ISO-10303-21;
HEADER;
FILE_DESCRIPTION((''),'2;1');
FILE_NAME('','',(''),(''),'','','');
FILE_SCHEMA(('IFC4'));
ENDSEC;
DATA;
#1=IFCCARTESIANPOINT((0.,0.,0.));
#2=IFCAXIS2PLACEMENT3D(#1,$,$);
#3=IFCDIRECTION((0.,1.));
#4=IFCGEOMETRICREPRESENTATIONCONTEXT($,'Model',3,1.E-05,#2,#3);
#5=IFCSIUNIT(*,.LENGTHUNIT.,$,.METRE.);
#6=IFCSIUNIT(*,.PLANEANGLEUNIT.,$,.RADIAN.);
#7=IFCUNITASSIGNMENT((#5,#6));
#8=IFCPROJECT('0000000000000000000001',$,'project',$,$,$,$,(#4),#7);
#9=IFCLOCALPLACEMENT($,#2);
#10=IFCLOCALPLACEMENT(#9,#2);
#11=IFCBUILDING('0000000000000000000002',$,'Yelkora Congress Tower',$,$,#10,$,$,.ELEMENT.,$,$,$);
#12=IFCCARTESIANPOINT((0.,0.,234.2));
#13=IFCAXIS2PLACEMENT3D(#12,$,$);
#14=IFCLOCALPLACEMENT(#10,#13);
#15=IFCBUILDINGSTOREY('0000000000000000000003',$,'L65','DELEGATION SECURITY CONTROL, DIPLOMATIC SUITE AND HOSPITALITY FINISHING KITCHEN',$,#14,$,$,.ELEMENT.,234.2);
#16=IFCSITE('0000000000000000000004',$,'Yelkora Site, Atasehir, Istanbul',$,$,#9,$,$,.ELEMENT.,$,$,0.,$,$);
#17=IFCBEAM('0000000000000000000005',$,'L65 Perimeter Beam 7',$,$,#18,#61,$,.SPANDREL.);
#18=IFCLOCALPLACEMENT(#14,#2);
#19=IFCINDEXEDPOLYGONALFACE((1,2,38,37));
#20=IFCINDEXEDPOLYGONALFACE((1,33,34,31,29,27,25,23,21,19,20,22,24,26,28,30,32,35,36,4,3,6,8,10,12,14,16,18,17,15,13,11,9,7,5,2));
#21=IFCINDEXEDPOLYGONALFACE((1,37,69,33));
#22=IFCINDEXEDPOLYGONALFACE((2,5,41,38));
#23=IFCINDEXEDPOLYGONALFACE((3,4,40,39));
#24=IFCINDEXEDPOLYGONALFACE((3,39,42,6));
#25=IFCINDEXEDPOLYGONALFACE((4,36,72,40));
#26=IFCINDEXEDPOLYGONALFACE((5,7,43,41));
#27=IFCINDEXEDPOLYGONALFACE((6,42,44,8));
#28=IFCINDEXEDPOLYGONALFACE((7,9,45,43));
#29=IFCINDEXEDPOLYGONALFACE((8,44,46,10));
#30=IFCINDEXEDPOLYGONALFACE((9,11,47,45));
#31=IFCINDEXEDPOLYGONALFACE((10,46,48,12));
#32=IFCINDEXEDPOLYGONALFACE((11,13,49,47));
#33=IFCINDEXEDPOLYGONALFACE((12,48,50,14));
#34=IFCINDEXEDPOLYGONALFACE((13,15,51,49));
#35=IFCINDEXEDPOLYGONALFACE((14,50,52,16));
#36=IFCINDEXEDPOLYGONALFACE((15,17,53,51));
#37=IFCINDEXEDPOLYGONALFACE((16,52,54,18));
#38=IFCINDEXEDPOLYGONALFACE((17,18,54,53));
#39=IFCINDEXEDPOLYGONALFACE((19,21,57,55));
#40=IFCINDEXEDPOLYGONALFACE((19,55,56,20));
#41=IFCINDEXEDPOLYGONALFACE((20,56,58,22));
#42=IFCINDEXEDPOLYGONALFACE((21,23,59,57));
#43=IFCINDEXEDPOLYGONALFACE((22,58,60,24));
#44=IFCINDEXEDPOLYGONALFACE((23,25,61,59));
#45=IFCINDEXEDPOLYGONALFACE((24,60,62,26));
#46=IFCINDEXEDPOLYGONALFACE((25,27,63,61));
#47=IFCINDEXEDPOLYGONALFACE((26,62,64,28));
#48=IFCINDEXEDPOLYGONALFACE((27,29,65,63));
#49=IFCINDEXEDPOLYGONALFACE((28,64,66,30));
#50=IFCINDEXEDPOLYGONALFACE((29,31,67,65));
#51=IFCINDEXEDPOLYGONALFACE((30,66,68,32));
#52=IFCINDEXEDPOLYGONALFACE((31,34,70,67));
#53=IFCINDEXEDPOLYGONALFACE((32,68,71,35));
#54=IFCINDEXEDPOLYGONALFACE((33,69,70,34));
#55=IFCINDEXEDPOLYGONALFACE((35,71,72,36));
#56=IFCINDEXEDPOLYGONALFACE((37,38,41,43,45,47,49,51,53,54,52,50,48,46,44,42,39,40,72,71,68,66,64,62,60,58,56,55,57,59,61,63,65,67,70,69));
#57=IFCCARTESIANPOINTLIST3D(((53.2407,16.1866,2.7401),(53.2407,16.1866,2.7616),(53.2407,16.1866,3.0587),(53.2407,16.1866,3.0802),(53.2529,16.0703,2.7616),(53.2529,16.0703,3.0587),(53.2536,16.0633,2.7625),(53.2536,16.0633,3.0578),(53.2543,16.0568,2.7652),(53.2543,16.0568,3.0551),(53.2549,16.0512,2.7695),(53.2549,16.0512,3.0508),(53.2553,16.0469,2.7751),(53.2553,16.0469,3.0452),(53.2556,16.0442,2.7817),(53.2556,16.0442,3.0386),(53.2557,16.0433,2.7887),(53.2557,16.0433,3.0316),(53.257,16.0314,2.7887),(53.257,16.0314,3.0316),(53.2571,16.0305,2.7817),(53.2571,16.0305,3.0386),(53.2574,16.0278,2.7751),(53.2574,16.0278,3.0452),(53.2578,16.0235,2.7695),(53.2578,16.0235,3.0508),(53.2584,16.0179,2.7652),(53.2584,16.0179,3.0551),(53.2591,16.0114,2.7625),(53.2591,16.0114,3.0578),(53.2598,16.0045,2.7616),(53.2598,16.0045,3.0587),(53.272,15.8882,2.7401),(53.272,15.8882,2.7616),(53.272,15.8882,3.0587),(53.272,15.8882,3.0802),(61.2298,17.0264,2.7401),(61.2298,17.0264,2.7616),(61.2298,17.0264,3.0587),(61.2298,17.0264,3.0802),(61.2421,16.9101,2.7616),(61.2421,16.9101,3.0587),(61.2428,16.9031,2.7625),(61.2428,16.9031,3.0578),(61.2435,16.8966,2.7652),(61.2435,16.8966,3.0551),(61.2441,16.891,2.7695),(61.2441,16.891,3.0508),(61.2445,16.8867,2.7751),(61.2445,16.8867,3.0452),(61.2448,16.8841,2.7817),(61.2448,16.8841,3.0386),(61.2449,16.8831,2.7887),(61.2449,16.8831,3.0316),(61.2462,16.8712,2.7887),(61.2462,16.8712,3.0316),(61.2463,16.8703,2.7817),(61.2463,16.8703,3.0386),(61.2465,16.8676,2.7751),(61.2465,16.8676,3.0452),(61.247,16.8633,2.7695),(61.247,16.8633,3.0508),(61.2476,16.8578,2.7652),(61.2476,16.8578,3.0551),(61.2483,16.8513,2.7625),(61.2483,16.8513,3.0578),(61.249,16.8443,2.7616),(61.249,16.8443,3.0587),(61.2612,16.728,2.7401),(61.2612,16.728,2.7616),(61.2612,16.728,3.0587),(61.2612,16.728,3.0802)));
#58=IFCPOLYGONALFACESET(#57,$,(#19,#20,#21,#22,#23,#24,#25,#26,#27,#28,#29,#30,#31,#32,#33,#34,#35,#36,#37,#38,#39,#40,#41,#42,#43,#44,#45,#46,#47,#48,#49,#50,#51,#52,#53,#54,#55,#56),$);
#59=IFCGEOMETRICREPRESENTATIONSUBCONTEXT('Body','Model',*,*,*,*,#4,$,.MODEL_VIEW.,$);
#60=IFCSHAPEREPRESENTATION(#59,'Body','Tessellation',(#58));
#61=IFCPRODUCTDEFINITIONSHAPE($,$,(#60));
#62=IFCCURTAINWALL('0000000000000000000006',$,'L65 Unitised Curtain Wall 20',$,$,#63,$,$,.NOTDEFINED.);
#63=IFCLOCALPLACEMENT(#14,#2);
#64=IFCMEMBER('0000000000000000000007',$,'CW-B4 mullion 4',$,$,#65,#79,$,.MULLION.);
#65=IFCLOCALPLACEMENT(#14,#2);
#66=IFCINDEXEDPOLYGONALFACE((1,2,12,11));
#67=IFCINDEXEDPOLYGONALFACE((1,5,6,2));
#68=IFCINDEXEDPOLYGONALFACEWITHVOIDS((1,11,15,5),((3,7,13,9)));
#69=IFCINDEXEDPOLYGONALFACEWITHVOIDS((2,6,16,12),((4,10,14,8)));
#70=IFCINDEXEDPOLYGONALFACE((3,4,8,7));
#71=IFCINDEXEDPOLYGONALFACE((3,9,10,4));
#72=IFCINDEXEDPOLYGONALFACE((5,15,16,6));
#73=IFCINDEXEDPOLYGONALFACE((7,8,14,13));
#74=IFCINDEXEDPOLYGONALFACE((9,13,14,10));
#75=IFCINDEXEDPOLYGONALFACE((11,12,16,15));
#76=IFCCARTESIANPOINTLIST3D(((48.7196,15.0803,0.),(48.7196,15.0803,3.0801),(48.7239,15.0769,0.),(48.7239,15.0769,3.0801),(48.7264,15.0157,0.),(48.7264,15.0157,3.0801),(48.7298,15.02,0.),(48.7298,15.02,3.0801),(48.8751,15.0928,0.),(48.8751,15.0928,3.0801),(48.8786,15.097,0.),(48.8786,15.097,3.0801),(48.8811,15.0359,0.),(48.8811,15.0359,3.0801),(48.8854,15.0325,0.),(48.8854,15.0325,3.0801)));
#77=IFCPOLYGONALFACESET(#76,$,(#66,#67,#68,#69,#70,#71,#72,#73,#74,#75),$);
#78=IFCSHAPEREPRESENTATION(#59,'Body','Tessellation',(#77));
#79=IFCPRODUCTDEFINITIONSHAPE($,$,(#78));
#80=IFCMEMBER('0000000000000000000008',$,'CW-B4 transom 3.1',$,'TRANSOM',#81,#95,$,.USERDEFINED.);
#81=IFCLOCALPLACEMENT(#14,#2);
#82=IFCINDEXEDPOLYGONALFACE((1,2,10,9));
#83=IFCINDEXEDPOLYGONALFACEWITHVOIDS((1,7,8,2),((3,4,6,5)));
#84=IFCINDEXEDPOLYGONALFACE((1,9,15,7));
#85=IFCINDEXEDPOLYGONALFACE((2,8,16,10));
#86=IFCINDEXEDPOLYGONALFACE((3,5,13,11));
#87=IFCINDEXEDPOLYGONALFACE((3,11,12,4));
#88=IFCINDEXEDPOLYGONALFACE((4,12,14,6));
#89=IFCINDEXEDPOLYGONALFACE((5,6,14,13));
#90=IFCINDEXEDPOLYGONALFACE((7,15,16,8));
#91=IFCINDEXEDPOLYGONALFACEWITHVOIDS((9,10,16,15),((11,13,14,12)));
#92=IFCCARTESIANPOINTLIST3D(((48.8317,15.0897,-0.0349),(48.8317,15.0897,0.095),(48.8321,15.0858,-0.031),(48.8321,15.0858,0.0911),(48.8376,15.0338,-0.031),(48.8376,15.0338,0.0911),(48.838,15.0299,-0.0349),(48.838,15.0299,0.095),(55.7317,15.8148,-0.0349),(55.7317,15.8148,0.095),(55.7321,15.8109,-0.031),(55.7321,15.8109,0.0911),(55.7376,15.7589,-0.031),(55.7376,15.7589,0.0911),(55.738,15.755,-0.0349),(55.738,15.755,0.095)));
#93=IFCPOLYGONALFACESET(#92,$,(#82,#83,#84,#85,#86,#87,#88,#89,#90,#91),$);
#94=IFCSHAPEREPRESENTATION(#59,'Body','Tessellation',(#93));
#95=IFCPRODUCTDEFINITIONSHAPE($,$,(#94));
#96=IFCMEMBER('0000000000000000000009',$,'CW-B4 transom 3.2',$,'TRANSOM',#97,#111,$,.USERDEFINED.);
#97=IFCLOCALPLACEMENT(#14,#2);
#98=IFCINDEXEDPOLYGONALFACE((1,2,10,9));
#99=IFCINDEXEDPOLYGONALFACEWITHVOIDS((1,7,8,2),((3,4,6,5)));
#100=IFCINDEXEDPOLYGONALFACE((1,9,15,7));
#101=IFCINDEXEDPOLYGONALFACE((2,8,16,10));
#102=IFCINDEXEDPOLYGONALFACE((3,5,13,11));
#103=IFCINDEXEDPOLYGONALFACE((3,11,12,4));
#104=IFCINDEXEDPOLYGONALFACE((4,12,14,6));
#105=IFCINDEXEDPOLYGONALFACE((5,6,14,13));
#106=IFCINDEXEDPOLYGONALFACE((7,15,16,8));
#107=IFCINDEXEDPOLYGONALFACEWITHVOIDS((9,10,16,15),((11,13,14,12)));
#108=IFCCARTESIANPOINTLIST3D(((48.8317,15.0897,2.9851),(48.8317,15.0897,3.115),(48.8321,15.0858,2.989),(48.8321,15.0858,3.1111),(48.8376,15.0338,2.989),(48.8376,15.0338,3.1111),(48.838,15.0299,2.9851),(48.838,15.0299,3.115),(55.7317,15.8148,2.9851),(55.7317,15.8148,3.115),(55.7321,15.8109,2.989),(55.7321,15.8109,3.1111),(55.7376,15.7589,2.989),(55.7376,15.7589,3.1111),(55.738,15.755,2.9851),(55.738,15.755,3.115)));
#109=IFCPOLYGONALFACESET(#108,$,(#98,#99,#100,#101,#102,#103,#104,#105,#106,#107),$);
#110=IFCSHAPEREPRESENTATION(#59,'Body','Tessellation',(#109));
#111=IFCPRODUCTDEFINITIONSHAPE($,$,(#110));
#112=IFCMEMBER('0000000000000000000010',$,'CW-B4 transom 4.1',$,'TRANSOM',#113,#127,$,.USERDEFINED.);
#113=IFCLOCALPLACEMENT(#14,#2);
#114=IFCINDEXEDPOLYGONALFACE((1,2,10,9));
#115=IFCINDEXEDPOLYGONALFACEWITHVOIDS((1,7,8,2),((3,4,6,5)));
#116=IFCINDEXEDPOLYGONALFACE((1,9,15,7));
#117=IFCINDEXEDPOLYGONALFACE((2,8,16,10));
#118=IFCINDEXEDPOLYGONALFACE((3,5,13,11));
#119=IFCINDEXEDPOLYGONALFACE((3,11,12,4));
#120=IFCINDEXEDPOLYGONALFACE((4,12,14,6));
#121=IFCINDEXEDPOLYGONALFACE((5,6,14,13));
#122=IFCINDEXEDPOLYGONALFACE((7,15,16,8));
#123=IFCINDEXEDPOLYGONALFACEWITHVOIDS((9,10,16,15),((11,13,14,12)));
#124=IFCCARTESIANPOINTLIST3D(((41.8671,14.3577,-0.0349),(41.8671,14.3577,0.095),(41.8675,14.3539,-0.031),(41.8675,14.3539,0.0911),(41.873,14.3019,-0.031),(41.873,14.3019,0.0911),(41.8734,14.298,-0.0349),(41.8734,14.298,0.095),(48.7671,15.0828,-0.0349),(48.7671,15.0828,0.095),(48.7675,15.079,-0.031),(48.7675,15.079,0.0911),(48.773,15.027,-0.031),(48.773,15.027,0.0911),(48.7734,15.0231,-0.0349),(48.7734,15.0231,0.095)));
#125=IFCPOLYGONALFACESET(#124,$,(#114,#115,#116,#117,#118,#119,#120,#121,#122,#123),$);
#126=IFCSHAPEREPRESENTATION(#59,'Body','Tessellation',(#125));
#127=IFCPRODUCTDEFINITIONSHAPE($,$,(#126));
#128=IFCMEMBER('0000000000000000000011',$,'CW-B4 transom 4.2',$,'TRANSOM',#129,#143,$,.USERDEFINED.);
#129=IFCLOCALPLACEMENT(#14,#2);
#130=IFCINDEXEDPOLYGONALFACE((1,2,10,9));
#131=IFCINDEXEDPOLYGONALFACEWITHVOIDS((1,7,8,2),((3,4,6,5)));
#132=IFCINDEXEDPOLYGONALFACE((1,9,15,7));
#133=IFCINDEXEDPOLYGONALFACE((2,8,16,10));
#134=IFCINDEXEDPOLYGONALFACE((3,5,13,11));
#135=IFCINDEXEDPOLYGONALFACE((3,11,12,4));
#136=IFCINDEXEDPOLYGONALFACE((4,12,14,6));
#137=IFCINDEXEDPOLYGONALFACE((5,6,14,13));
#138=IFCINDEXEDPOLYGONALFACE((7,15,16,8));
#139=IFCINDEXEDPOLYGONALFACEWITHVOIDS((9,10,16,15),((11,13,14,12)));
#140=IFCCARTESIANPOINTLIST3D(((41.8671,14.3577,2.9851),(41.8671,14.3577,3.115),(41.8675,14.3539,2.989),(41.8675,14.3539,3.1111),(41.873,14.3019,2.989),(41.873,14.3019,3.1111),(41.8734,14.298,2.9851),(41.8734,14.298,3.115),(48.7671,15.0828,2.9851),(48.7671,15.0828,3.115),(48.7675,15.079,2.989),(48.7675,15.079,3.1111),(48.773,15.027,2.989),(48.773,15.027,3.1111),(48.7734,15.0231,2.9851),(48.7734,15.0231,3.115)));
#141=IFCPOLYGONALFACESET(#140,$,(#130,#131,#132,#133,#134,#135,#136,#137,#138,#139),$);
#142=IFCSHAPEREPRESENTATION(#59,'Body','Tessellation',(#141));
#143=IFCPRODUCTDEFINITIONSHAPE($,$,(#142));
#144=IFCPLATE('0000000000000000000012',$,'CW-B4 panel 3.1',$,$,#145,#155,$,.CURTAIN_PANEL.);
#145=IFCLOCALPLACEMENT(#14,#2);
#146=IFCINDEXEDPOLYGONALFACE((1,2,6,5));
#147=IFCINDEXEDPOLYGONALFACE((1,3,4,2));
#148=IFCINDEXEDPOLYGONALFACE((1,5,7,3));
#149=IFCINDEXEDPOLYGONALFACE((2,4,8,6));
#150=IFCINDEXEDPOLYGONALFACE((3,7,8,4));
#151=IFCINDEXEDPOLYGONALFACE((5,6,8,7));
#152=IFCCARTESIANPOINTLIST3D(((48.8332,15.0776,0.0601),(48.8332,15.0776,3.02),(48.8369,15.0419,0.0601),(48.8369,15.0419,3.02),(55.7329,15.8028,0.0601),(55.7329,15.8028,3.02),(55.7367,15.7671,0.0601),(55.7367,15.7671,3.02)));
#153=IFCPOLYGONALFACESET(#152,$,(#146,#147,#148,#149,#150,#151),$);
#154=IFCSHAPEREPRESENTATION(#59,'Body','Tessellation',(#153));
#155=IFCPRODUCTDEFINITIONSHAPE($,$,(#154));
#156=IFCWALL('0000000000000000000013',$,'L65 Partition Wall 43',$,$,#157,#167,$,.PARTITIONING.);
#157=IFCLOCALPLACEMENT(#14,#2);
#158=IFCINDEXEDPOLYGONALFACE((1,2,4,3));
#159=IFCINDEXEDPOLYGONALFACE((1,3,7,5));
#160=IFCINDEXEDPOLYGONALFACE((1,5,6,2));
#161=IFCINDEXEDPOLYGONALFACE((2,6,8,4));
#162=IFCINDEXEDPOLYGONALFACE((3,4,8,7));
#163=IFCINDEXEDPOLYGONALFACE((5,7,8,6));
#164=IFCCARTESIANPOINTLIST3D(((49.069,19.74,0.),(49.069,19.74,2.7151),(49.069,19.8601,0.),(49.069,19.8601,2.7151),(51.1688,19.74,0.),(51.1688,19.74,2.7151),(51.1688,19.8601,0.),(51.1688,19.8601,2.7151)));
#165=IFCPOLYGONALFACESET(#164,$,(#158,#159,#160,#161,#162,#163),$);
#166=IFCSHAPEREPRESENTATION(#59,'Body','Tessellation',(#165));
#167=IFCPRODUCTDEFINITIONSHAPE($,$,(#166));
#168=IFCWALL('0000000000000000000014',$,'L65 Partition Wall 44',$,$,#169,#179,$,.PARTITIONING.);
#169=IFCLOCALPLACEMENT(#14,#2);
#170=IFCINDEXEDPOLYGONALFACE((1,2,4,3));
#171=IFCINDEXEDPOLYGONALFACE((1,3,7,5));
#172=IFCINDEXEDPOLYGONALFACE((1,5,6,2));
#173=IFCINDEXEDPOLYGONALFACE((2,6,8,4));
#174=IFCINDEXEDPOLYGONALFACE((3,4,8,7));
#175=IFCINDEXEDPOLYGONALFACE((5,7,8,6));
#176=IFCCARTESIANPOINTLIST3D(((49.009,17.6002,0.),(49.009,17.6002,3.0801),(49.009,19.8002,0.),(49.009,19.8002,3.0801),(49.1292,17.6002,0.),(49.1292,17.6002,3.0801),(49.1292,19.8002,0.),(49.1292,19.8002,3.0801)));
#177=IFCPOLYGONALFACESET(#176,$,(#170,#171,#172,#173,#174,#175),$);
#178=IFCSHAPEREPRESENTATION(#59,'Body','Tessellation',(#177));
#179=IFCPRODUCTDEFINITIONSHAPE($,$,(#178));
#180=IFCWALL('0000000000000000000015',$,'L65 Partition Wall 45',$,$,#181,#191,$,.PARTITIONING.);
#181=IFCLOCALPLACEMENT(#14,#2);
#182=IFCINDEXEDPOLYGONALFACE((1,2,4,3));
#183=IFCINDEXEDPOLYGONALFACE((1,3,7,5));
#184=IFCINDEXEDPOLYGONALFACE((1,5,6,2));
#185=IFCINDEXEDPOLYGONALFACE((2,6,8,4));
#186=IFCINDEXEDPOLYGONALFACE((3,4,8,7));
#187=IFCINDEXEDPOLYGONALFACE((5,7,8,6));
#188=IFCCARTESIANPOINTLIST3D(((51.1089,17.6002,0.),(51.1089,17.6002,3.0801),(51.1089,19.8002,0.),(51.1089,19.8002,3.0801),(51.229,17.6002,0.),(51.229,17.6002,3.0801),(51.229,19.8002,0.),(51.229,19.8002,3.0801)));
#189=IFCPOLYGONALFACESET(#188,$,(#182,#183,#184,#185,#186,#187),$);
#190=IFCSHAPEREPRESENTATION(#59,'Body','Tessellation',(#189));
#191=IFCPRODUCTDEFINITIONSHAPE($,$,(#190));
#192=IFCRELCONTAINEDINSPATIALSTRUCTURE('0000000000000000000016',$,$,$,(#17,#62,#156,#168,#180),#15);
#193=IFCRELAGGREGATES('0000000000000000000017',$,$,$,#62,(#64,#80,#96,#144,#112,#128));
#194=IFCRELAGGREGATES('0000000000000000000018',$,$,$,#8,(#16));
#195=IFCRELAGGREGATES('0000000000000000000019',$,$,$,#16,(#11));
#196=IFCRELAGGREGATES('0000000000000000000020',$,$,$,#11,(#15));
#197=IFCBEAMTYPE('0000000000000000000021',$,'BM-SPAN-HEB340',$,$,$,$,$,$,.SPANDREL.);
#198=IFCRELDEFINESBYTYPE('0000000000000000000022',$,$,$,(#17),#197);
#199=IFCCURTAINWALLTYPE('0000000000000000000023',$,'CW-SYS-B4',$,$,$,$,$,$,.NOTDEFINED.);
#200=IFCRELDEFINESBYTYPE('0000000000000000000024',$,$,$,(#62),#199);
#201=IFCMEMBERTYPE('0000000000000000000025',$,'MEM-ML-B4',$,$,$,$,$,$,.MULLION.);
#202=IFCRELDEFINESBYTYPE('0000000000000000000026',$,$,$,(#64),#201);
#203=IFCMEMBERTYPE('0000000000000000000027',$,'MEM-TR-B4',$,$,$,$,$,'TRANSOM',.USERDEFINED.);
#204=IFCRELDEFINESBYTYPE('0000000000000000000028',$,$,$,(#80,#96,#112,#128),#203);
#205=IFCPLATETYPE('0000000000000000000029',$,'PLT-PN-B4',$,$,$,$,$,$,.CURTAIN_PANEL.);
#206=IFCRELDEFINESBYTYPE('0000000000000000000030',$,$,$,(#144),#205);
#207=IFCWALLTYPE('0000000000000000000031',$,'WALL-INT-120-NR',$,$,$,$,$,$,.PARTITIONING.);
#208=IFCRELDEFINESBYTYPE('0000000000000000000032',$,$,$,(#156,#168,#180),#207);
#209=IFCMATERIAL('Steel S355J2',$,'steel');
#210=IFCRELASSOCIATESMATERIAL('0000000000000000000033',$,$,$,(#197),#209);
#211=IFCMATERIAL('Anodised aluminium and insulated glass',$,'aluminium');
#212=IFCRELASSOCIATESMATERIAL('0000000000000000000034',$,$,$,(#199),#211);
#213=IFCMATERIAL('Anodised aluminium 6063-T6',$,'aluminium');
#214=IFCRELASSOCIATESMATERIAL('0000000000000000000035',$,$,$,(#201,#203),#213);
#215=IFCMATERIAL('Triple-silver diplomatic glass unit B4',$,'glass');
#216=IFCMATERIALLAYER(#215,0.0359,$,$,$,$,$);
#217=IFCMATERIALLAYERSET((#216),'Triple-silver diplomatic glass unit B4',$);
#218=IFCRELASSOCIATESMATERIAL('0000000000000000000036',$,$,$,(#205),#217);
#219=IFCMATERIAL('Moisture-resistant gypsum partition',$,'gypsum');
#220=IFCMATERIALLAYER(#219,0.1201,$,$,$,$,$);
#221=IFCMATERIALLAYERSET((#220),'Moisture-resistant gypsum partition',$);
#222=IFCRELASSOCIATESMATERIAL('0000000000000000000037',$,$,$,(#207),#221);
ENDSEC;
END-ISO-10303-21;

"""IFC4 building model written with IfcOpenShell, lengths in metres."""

from ifc_helpers import new_model, si_unit, direction, frame, frame_2d, origin, origin_2d, place, context, subcontext, project, spatial, rectangle, hollow_rectangle, i_section, extrude, material, layer, layer_set, material_profile, profile_set, type_object, element, aggregate, save


model = new_model("IFC4")

# Units and contexts
model_context = context("Model", 3, precision=1e-05, world=origin(), true_north=direction((0.0, 1.0)))
body_context = subcontext(model_context, "Body", "Model", "MODEL_VIEW")
ifc_project = project(units=[si_unit("LENGTHUNIT", "METRE"), si_unit("PLANEANGLEUNIT", "RADIAN")], contexts=[model_context])

# Site, building, storey
site_placement = place(None, origin())
site = spatial("IfcSite", under=ifc_project, at=site_placement, Name="Yelkora Site, Atasehir, Istanbul", CompositionType="ELEMENT", RefElevation=0.0)
building_placement = place(site_placement, origin())
building = spatial("IfcBuilding", under=site, at=building_placement, Name="Yelkora Congress Tower", CompositionType="ELEMENT")
storey_placement = place(building_placement, frame((0.0, 0.0, 234.2)))
storey = spatial("IfcBuildingStorey", under=building, at=storey_placement, Name="L65", Description="DELEGATION SECURITY CONTROL, DIPLOMATIC SUITE AND HOSPITALITY FINISHING KITCHEN", CompositionType="ELEMENT", Elevation=234.2)

# Shared definitions
ifc_material_1 = material(Name="Steel S355J2", Category="steel")

# Beam
ifc_material_profile_1 = material_profile(ifc_material_1, i_section(OverallWidth=0.3, OverallDepth=0.3401, WebThickness=0.012, FlangeThickness=0.0215, FilletRadius=0.0271, at=origin_2d()), Name="HEB 340")
ifc_profile_set_1 = profile_set([ifc_material_profile_1], Name="Steel S355J2")
beam_type_1 = type_object("IfcBeamType", Name="BM-SPAN-HEB340", PredefinedType="SPANDREL", material=ifc_profile_set_1)
beam_1_placement = place(storey_placement, frame((53.2563, 16.0374, 2.9102), z_axis=(0.99452, 0.104546, 0.0), x_axis=(-0.104546, 0.99452, 0.0)))
element("IfcBeam", 1, at=beam_1_placement, inside=storey, type_object=beam_type_1, Name="L65 Perimeter Beam 7", PredefinedType="SPANDREL", context=body_context, shape_type="SweptSolid", body=[
    extrude(i_section(OverallWidth=0.3, OverallDepth=0.3401, WebThickness=0.012, FlangeThickness=0.0215, FilletRadius=0.0271, at=origin_2d()), origin(), (0.0, 0.0, 1.0), 8.0332),
])

# Curtain wall, members, plate
ifc_material_2 = material(Name="Anodised aluminium and insulated glass", Category="aluminium")
curtain_wall_type = type_object("IfcCurtainWallType", Name="CW-SYS-B4", PredefinedType="NOTDEFINED", material=ifc_material_2)
curtain_wall_placement = place(storey_placement, origin())
curtain_wall = element("IfcCurtainWall", 2, at=curtain_wall_placement, inside=storey, type_object=curtain_wall_type, Name="L65 Unitised Curtain Wall 20", PredefinedType="NOTDEFINED")
ifc_material_3 = material(Name="Anodised aluminium 6063-T6", Category="aluminium")
ifc_material_profile_2 = material_profile(ifc_material_3, hollow_rectangle(XDim=0.0649, YDim=0.1599, WallThickness=0.0039, at=origin_2d()), Name="ALU 65x160x4")
ifc_profile_set_2 = profile_set([ifc_material_profile_2], Name="Anodised aluminium 6063-T6")
member_type_1 = type_object("IfcMemberType", Name="MEM-ML-B4", PredefinedType="MULLION", material=ifc_profile_set_2)
member_1_placement = place(storey_placement, frame((48.8025, 15.0564, 0.0), z_axis=(0.0, 0.0, 1.0), x_axis=(0.104527, -0.994522, 0.0)))
member_1 = element("IfcMember", 3, at=member_1_placement, type_object=member_type_1, Name="CW-B4 mullion 4", PredefinedType="MULLION", context=body_context, shape_type="SweptSolid", body=[
    extrude(hollow_rectangle(XDim=0.0649, YDim=0.1599, WallThickness=0.0039, at=origin_2d()), origin(), (0.0, 0.0, 1.0), 3.0801),
])
ifc_material_profile_3 = material_profile(ifc_material_3, hollow_rectangle(XDim=0.0601, YDim=0.1299, WallThickness=0.0039, at=origin_2d()), Name="ALU 60x130x4")
ifc_profile_set_3 = profile_set([ifc_material_profile_3], Name="Anodised aluminium 6063-T6")
member_type_2 = type_object("IfcMemberType", Name="MEM-TR-B4", ElementType="TRANSOM", PredefinedType="USERDEFINED", material=ifc_profile_set_3)
member_2_placement = place(storey_placement, frame((55.7349, 15.7849, 0.03), z_axis=(-0.994524, -0.104513, 0.0), x_axis=(0.104513, -0.994524, 0.0)))
member_2 = element("IfcMember", 4, at=member_2_placement, type_object=member_type_2, Name="CW-B4 transom 3.1", ObjectType="TRANSOM", PredefinedType="USERDEFINED", context=body_context, shape_type="SweptSolid", body=[
    extrude(hollow_rectangle(XDim=0.0601, YDim=0.1299, WallThickness=0.0039, at=origin_2d()), origin(), (0.0, 0.0, 1.0), 6.938),
])
member_3_placement = place(storey_placement, frame((55.7349, 15.7849, 3.05), z_axis=(-0.994524, -0.104513, 0.0), x_axis=(0.104513, -0.994524, 0.0)))
member_3 = element("IfcMember", 5, at=member_3_placement, type_object=member_type_2, Name="CW-B4 transom 3.2", ObjectType="TRANSOM", PredefinedType="USERDEFINED", context=body_context, shape_type="SweptSolid", body=[
    extrude(hollow_rectangle(XDim=0.0601, YDim=0.1299, WallThickness=0.0039, at=origin_2d()), origin(), (0.0, 0.0, 1.0), 6.938),
])
member_4_placement = place(storey_placement, frame((48.7703, 15.053, 0.03), z_axis=(-0.994524, -0.104513, 0.0), x_axis=(0.104513, -0.994524, 0.0)))
member_4 = element("IfcMember", 6, at=member_4_placement, type_object=member_type_2, Name="CW-B4 transom 4.1", ObjectType="TRANSOM", PredefinedType="USERDEFINED", context=body_context, shape_type="SweptSolid", body=[
    extrude(hollow_rectangle(XDim=0.0601, YDim=0.1299, WallThickness=0.0039, at=origin_2d()), origin(), (0.0, 0.0, 1.0), 6.938),
])
member_5_placement = place(storey_placement, frame((48.7703, 15.053, 3.05), z_axis=(-0.994524, -0.104513, 0.0), x_axis=(0.104513, -0.994524, 0.0)))
member_5 = element("IfcMember", 7, at=member_5_placement, type_object=member_type_2, Name="CW-B4 transom 4.2", ObjectType="TRANSOM", PredefinedType="USERDEFINED", context=body_context, shape_type="SweptSolid", body=[
    extrude(hollow_rectangle(XDim=0.0601, YDim=0.1299, WallThickness=0.0039, at=origin_2d()), origin(), (0.0, 0.0, 1.0), 6.938),
])
ifc_material_4 = material(Name="Triple-silver diplomatic glass unit B4", Category="glass")
ifc_layer_1 = layer(ifc_material_4, 0.0359)
ifc_layer_set_1 = layer_set([ifc_layer_1], Name="Triple-silver diplomatic glass unit B4")
plate_type = type_object("IfcPlateType", Name="PLT-PN-B4", PredefinedType="CURTAIN_PANEL", material=ifc_layer_set_1)
plate_placement = place(storey_placement, frame((52.2849, 15.4224, 0.0601), z_axis=(0.0, 0.0, 1.0), x_axis=(-0.994522, -0.104527, 0.0)))
plate = element("IfcPlate", 8, at=plate_placement, type_object=plate_type, Name="CW-B4 panel 3.1", PredefinedType="CURTAIN_PANEL", context=body_context, shape_type="SweptSolid", body=[
    extrude(rectangle(XDim=6.9377, YDim=0.0359, at=origin_2d()), origin(), (0.0, 0.0, 1.0), 2.96),
])
aggregate(curtain_wall, [member_1, member_2, member_3, plate, member_4, member_5])

# Walls
ifc_material_5 = material(Name="Moisture-resistant gypsum partition", Category="gypsum")
ifc_layer_2 = layer(ifc_material_5, 0.1201)
ifc_layer_set_2 = layer_set([ifc_layer_2], Name="Moisture-resistant gypsum partition")
wall_type_1 = type_object("IfcWallType", Name="WALL-INT-120-NR", PredefinedType="PARTITIONING", material=ifc_layer_set_2)
wall_1_placement = place(storey_placement, frame((49.0691, 19.8, 0.0), z_axis=(0.0, 0.0, 1.0), x_axis=(1.0, 0.0, 0.0)))
element("IfcWall", 9, at=wall_1_placement, inside=storey, type_object=wall_type_1, Name="L65 Partition Wall 43", PredefinedType="PARTITIONING", context=body_context, shape_type="SweptSolid", body=[
    extrude(rectangle(XDim=2.0999, YDim=0.1201, at=frame_2d((1.0498, 0.0))), origin(), (0.0, 0.0, 1.0), 2.7151),
])
for number, where, z_axis, x_axis, name in (
    (10, (49.0691, 17.6001, 0.0), (0.0, 0.0, 1.0), (0.0, 1.0, 0.0), "L65 Partition Wall 44"),
    (11, (51.1689, 17.6001, 0.0), (0.0, 0.0, 1.0), (0.0, 1.0, 0.0), "L65 Partition Wall 45"),
):
    element("IfcWall", number, at=place(storey_placement, frame(where, z_axis=z_axis, x_axis=x_axis)), inside=storey, type_object=wall_type_1, Name=name, PredefinedType="PARTITIONING", context=body_context, shape_type="SweptSolid", body=[
        extrude(rectangle(XDim=2.2, YDim=0.1201, at=frame_2d((1.1001, 0.0))), origin(), (0.0, 0.0, 1.0), 3.0801),
    ])

save(model, "model.ifc")
